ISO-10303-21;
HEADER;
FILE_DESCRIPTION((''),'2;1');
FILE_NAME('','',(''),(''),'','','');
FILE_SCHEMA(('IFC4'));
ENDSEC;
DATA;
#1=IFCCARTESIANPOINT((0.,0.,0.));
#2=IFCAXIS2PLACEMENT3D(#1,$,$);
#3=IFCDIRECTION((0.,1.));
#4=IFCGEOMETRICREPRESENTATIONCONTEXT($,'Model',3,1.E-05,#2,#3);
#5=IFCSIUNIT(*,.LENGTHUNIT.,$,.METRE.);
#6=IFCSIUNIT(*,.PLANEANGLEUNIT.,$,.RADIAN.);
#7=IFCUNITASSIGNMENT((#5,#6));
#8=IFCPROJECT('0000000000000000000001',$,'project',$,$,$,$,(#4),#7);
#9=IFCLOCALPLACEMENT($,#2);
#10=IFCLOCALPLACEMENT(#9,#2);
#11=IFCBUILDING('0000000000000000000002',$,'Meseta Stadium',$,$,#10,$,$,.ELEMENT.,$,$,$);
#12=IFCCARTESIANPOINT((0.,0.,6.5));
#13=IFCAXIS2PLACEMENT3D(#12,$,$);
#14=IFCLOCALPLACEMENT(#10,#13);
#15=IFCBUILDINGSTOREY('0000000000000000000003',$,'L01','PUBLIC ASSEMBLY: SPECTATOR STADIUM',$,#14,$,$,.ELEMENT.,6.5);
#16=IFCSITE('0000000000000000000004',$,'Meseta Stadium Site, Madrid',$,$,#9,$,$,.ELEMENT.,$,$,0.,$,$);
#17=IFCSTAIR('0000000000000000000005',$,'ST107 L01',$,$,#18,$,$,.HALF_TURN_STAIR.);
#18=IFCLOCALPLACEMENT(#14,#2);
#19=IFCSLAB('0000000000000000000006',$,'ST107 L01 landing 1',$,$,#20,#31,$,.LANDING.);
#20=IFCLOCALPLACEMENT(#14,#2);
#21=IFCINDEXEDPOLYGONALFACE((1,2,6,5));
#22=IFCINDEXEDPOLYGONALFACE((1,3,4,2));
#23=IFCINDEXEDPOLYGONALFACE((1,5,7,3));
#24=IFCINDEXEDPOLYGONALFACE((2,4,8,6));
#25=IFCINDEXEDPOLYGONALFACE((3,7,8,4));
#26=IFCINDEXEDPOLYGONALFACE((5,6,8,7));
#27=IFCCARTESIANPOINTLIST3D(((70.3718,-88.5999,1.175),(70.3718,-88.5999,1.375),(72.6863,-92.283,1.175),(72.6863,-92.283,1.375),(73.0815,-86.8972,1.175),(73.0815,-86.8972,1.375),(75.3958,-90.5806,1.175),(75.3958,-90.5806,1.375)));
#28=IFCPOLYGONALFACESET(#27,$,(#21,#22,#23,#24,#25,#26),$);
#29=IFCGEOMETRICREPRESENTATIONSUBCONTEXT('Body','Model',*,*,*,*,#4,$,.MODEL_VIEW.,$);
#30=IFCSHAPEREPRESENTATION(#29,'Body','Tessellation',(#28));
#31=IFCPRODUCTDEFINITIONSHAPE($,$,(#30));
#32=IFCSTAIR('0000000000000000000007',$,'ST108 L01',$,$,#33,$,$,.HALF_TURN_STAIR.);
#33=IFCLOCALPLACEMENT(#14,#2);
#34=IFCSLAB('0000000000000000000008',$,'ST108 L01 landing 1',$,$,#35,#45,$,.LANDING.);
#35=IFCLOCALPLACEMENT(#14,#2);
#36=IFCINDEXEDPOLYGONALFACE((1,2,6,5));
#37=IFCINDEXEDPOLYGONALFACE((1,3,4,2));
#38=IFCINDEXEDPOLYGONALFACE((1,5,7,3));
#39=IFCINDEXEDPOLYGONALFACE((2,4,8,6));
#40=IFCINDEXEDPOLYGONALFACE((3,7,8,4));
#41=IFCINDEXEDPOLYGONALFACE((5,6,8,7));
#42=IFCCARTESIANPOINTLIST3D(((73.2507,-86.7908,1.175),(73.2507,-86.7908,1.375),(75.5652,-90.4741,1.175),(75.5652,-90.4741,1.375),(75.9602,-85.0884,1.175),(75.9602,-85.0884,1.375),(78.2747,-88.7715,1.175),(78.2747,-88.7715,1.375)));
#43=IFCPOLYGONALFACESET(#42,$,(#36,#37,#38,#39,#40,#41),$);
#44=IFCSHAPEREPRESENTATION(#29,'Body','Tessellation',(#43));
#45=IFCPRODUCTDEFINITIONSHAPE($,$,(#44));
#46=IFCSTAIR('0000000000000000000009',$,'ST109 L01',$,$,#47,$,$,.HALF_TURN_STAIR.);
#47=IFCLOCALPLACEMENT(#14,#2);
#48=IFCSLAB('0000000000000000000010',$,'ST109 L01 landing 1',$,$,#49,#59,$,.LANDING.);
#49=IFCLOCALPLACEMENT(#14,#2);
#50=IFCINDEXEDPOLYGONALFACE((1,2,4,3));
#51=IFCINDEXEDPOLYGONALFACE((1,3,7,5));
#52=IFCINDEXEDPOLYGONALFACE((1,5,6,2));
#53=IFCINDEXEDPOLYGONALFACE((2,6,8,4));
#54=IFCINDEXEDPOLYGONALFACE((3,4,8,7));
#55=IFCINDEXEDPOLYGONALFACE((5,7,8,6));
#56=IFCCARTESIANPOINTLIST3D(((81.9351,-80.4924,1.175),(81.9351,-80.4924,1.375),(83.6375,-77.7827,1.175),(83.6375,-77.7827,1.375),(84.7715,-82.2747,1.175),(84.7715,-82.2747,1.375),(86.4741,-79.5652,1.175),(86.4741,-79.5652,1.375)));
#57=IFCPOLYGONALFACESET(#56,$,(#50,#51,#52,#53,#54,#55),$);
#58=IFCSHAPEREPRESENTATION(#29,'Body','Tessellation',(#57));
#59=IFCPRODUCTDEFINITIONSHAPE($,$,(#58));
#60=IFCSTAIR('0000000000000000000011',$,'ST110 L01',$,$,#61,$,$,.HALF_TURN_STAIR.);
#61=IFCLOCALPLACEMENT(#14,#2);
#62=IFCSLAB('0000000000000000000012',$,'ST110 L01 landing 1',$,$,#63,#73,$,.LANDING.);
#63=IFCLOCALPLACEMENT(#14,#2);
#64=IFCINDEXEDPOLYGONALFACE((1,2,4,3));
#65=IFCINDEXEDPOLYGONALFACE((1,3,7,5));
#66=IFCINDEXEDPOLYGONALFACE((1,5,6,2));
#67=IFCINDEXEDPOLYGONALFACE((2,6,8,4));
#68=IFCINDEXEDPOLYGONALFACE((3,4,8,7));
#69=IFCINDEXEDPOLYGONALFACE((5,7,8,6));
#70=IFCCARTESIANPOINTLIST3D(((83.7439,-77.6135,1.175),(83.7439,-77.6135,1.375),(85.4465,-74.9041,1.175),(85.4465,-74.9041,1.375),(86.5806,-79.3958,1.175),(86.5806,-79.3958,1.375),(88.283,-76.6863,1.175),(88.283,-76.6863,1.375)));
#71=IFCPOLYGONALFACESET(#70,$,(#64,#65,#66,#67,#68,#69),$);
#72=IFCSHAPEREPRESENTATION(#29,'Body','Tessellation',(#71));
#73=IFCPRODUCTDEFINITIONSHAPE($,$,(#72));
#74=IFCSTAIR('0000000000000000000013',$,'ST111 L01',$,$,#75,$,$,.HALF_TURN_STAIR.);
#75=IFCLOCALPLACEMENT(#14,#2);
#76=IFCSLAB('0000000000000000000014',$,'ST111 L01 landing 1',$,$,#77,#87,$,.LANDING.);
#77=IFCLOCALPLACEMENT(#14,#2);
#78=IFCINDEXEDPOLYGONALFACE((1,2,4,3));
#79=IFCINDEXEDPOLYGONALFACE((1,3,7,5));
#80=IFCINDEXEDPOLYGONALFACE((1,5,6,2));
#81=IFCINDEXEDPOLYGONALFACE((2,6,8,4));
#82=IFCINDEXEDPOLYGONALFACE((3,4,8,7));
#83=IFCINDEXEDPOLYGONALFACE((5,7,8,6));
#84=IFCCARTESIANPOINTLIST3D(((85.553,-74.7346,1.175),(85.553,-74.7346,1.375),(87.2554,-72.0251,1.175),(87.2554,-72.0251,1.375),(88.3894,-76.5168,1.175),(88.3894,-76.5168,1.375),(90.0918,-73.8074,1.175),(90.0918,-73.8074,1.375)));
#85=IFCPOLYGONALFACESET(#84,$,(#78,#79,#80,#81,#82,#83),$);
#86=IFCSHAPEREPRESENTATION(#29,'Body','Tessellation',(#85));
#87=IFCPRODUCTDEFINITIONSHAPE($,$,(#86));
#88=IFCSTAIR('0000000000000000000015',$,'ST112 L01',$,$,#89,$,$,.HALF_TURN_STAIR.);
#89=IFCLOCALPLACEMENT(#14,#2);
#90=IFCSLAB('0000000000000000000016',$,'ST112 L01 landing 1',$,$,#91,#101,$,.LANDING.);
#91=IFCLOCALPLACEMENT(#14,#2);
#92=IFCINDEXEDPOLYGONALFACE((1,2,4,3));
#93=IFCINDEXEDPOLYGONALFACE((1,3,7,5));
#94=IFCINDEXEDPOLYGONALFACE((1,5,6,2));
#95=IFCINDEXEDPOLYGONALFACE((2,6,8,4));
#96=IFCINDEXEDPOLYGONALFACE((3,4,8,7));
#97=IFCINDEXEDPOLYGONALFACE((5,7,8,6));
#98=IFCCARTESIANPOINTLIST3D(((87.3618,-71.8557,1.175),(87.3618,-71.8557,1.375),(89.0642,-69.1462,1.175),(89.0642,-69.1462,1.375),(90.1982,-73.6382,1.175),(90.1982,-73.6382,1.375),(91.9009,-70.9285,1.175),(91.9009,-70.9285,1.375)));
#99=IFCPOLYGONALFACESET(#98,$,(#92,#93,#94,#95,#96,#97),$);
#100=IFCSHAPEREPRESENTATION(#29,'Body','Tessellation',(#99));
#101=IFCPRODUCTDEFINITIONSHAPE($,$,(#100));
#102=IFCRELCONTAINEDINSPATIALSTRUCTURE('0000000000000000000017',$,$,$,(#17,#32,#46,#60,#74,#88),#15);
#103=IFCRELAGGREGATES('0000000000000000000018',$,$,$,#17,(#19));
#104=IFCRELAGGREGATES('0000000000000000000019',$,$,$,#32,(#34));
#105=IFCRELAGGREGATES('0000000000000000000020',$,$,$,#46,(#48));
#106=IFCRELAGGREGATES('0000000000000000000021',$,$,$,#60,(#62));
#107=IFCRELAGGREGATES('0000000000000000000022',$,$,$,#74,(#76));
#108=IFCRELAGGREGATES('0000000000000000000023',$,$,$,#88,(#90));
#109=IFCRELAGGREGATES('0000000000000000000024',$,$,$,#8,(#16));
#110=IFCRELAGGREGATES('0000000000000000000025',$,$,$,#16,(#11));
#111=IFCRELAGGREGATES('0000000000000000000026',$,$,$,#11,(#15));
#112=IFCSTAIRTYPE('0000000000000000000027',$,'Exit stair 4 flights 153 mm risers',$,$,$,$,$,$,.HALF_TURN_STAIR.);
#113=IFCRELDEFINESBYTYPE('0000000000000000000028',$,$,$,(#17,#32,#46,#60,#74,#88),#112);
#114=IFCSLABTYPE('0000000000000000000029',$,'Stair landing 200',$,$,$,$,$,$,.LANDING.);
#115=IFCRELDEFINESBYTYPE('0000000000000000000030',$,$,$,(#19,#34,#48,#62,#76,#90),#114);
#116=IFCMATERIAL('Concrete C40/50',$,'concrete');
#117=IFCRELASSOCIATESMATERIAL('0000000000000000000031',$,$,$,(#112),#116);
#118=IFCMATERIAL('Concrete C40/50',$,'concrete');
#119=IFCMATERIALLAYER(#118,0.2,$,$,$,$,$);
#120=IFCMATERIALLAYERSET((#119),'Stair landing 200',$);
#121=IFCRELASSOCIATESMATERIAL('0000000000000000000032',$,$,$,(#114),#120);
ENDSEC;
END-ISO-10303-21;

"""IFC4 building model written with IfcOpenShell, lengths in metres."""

from ifc_helpers import new_model, si_unit, direction, frame, origin, place, context, subcontext, project, spatial, polyline, outline, extrude, material, layer, layer_set, type_object, element, aggregate, save


model = new_model("IFC4")

# Units and contexts
model_context = context("Model", 3, precision=1e-05, world=origin(), true_north=direction((0.0, 1.0)))
body_context = subcontext(model_context, "Body", "Model", "MODEL_VIEW")
ifc_project = project(units=[si_unit("LENGTHUNIT", "METRE"), si_unit("PLANEANGLEUNIT", "RADIAN")], contexts=[model_context])

# Site, building, storey
site_placement = place(None, origin())
site = spatial("IfcSite", under=ifc_project, at=site_placement, Name="Meseta Stadium Site, Madrid", CompositionType="ELEMENT", RefElevation=0.0)
building_placement = place(site_placement, origin())
building = spatial("IfcBuilding", under=site, at=building_placement, Name="Meseta Stadium", CompositionType="ELEMENT")
storey_placement = place(building_placement, frame((0.0, 0.0, 6.5)))
storey = spatial("IfcBuildingStorey", under=building, at=storey_placement, Name="L01", Description="PUBLIC ASSEMBLY: SPECTATOR STADIUM", CompositionType="ELEMENT", Elevation=6.5)

# Shared definitions
ifc_material_1 = material(Name="Concrete C40/50", Category="concrete")
stair_type = type_object("IfcStairType", Name="Exit stair 4 flights 153 mm risers", PredefinedType="HALF_TURN_STAIR", material=ifc_material_1)
ifc_material_2 = material(Name="Concrete C40/50", Category="concrete")
ifc_layer = layer(ifc_material_2, 0.2)
ifc_layer_set = layer_set([ifc_layer], Name="Stair landing 200")
slab_type = type_object("IfcSlabType", Name="Stair landing 200", PredefinedType="LANDING", material=ifc_layer_set)

# Stairs, slabs
stair_1_placement = place(storey_placement, origin())
stair_1 = element("IfcStair", 1, at=stair_1_placement, inside=storey, type_object=stair_type, Name="ST107 L01", PredefinedType="HALF_TURN_STAIR")
slab_1_placement = place(storey_placement, frame((0.0, 0.0, 1.175)))
slab_1 = element("IfcSlab", 2, at=slab_1_placement, type_object=slab_type, Name="ST107 L01 landing 1", PredefinedType="LANDING", context=body_context, shape_type="SweptSolid", body=[
    extrude(outline(polyline([(70.3718, -88.5999), (72.6863, -92.283), (75.3958, -90.5806), (73.0815, -86.8972), (70.3718, -88.5999)])), origin(), (0.0, 0.0, 1.0), 0.2),
])
aggregate(stair_1, [slab_1])
stair_2_placement = place(storey_placement, origin())
stair_2 = element("IfcStair", 3, at=stair_2_placement, inside=storey, type_object=stair_type, Name="ST108 L01", PredefinedType="HALF_TURN_STAIR")
slab_2_placement = place(storey_placement, frame((0.0, 0.0, 1.175)))
slab_2 = element("IfcSlab", 4, at=slab_2_placement, type_object=slab_type, Name="ST108 L01 landing 1", PredefinedType="LANDING", context=body_context, shape_type="SweptSolid", body=[
    extrude(outline(polyline([(73.2507, -86.7908), (75.5652, -90.4741), (78.2747, -88.7715), (75.9602, -85.0884), (73.2507, -86.7908)])), origin(), (0.0, 0.0, 1.0), 0.2),
])
aggregate(stair_2, [slab_2])
stair_3_placement = place(storey_placement, origin())
stair_3 = element("IfcStair", 5, at=stair_3_placement, inside=storey, type_object=stair_type, Name="ST109 L01", PredefinedType="HALF_TURN_STAIR")
slab_3_placement = place(storey_placement, frame((0.0, 0.0, 1.175)))
slab_3 = element("IfcSlab", 6, at=slab_3_placement, type_object=slab_type, Name="ST109 L01 landing 1", PredefinedType="LANDING", context=body_context, shape_type="SweptSolid", body=[
    extrude(outline(polyline([(81.9351, -80.4924), (84.7715, -82.2747), (86.4741, -79.5652), (83.6375, -77.7827), (81.9351, -80.4924)])), origin(), (0.0, 0.0, 1.0), 0.2),
])
aggregate(stair_3, [slab_3])
stair_4_placement = place(storey_placement, origin())
stair_4 = element("IfcStair", 7, at=stair_4_placement, inside=storey, type_object=stair_type, Name="ST110 L01", PredefinedType="HALF_TURN_STAIR")
slab_4_placement = place(storey_placement, frame((0.0, 0.0, 1.175)))
slab_4 = element("IfcSlab", 8, at=slab_4_placement, type_object=slab_type, Name="ST110 L01 landing 1", PredefinedType="LANDING", context=body_context, shape_type="SweptSolid", body=[
    extrude(outline(polyline([(83.7439, -77.6135), (86.5806, -79.3958), (88.283, -76.6863), (85.4465, -74.9041), (83.7439, -77.6135)])), origin(), (0.0, 0.0, 1.0), 0.2),
])
aggregate(stair_4, [slab_4])
stair_5_placement = place(storey_placement, origin())
stair_5 = element("IfcStair", 9, at=stair_5_placement, inside=storey, type_object=stair_type, Name="ST111 L01", PredefinedType="HALF_TURN_STAIR")
slab_5_placement = place(storey_placement, frame((0.0, 0.0, 1.175)))
slab_5 = element("IfcSlab", 10, at=slab_5_placement, type_object=slab_type, Name="ST111 L01 landing 1", PredefinedType="LANDING", context=body_context, shape_type="SweptSolid", body=[
    extrude(outline(polyline([(85.553, -74.7346), (88.3894, -76.5168), (90.0918, -73.8074), (87.2554, -72.0251), (85.553, -74.7346)])), origin(), (0.0, 0.0, 1.0), 0.2),
])
aggregate(stair_5, [slab_5])
stair_6_placement = place(storey_placement, origin())
stair_6 = element("IfcStair", 11, at=stair_6_placement, inside=storey, type_object=stair_type, Name="ST112 L01", PredefinedType="HALF_TURN_STAIR")
slab_6_placement = place(storey_placement, frame((0.0, 0.0, 1.175)))
slab_6 = element("IfcSlab", 12, at=slab_6_placement, type_object=slab_type, Name="ST112 L01 landing 1", PredefinedType="LANDING", context=body_context, shape_type="SweptSolid", body=[
    extrude(outline(polyline([(87.3618, -71.8557), (90.1982, -73.6382), (91.9009, -70.9285), (89.0642, -69.1462), (87.3618, -71.8557)])), origin(), (0.0, 0.0, 1.0), 0.2),
])
aggregate(stair_6, [slab_6])

save(model, "model.ifc")
